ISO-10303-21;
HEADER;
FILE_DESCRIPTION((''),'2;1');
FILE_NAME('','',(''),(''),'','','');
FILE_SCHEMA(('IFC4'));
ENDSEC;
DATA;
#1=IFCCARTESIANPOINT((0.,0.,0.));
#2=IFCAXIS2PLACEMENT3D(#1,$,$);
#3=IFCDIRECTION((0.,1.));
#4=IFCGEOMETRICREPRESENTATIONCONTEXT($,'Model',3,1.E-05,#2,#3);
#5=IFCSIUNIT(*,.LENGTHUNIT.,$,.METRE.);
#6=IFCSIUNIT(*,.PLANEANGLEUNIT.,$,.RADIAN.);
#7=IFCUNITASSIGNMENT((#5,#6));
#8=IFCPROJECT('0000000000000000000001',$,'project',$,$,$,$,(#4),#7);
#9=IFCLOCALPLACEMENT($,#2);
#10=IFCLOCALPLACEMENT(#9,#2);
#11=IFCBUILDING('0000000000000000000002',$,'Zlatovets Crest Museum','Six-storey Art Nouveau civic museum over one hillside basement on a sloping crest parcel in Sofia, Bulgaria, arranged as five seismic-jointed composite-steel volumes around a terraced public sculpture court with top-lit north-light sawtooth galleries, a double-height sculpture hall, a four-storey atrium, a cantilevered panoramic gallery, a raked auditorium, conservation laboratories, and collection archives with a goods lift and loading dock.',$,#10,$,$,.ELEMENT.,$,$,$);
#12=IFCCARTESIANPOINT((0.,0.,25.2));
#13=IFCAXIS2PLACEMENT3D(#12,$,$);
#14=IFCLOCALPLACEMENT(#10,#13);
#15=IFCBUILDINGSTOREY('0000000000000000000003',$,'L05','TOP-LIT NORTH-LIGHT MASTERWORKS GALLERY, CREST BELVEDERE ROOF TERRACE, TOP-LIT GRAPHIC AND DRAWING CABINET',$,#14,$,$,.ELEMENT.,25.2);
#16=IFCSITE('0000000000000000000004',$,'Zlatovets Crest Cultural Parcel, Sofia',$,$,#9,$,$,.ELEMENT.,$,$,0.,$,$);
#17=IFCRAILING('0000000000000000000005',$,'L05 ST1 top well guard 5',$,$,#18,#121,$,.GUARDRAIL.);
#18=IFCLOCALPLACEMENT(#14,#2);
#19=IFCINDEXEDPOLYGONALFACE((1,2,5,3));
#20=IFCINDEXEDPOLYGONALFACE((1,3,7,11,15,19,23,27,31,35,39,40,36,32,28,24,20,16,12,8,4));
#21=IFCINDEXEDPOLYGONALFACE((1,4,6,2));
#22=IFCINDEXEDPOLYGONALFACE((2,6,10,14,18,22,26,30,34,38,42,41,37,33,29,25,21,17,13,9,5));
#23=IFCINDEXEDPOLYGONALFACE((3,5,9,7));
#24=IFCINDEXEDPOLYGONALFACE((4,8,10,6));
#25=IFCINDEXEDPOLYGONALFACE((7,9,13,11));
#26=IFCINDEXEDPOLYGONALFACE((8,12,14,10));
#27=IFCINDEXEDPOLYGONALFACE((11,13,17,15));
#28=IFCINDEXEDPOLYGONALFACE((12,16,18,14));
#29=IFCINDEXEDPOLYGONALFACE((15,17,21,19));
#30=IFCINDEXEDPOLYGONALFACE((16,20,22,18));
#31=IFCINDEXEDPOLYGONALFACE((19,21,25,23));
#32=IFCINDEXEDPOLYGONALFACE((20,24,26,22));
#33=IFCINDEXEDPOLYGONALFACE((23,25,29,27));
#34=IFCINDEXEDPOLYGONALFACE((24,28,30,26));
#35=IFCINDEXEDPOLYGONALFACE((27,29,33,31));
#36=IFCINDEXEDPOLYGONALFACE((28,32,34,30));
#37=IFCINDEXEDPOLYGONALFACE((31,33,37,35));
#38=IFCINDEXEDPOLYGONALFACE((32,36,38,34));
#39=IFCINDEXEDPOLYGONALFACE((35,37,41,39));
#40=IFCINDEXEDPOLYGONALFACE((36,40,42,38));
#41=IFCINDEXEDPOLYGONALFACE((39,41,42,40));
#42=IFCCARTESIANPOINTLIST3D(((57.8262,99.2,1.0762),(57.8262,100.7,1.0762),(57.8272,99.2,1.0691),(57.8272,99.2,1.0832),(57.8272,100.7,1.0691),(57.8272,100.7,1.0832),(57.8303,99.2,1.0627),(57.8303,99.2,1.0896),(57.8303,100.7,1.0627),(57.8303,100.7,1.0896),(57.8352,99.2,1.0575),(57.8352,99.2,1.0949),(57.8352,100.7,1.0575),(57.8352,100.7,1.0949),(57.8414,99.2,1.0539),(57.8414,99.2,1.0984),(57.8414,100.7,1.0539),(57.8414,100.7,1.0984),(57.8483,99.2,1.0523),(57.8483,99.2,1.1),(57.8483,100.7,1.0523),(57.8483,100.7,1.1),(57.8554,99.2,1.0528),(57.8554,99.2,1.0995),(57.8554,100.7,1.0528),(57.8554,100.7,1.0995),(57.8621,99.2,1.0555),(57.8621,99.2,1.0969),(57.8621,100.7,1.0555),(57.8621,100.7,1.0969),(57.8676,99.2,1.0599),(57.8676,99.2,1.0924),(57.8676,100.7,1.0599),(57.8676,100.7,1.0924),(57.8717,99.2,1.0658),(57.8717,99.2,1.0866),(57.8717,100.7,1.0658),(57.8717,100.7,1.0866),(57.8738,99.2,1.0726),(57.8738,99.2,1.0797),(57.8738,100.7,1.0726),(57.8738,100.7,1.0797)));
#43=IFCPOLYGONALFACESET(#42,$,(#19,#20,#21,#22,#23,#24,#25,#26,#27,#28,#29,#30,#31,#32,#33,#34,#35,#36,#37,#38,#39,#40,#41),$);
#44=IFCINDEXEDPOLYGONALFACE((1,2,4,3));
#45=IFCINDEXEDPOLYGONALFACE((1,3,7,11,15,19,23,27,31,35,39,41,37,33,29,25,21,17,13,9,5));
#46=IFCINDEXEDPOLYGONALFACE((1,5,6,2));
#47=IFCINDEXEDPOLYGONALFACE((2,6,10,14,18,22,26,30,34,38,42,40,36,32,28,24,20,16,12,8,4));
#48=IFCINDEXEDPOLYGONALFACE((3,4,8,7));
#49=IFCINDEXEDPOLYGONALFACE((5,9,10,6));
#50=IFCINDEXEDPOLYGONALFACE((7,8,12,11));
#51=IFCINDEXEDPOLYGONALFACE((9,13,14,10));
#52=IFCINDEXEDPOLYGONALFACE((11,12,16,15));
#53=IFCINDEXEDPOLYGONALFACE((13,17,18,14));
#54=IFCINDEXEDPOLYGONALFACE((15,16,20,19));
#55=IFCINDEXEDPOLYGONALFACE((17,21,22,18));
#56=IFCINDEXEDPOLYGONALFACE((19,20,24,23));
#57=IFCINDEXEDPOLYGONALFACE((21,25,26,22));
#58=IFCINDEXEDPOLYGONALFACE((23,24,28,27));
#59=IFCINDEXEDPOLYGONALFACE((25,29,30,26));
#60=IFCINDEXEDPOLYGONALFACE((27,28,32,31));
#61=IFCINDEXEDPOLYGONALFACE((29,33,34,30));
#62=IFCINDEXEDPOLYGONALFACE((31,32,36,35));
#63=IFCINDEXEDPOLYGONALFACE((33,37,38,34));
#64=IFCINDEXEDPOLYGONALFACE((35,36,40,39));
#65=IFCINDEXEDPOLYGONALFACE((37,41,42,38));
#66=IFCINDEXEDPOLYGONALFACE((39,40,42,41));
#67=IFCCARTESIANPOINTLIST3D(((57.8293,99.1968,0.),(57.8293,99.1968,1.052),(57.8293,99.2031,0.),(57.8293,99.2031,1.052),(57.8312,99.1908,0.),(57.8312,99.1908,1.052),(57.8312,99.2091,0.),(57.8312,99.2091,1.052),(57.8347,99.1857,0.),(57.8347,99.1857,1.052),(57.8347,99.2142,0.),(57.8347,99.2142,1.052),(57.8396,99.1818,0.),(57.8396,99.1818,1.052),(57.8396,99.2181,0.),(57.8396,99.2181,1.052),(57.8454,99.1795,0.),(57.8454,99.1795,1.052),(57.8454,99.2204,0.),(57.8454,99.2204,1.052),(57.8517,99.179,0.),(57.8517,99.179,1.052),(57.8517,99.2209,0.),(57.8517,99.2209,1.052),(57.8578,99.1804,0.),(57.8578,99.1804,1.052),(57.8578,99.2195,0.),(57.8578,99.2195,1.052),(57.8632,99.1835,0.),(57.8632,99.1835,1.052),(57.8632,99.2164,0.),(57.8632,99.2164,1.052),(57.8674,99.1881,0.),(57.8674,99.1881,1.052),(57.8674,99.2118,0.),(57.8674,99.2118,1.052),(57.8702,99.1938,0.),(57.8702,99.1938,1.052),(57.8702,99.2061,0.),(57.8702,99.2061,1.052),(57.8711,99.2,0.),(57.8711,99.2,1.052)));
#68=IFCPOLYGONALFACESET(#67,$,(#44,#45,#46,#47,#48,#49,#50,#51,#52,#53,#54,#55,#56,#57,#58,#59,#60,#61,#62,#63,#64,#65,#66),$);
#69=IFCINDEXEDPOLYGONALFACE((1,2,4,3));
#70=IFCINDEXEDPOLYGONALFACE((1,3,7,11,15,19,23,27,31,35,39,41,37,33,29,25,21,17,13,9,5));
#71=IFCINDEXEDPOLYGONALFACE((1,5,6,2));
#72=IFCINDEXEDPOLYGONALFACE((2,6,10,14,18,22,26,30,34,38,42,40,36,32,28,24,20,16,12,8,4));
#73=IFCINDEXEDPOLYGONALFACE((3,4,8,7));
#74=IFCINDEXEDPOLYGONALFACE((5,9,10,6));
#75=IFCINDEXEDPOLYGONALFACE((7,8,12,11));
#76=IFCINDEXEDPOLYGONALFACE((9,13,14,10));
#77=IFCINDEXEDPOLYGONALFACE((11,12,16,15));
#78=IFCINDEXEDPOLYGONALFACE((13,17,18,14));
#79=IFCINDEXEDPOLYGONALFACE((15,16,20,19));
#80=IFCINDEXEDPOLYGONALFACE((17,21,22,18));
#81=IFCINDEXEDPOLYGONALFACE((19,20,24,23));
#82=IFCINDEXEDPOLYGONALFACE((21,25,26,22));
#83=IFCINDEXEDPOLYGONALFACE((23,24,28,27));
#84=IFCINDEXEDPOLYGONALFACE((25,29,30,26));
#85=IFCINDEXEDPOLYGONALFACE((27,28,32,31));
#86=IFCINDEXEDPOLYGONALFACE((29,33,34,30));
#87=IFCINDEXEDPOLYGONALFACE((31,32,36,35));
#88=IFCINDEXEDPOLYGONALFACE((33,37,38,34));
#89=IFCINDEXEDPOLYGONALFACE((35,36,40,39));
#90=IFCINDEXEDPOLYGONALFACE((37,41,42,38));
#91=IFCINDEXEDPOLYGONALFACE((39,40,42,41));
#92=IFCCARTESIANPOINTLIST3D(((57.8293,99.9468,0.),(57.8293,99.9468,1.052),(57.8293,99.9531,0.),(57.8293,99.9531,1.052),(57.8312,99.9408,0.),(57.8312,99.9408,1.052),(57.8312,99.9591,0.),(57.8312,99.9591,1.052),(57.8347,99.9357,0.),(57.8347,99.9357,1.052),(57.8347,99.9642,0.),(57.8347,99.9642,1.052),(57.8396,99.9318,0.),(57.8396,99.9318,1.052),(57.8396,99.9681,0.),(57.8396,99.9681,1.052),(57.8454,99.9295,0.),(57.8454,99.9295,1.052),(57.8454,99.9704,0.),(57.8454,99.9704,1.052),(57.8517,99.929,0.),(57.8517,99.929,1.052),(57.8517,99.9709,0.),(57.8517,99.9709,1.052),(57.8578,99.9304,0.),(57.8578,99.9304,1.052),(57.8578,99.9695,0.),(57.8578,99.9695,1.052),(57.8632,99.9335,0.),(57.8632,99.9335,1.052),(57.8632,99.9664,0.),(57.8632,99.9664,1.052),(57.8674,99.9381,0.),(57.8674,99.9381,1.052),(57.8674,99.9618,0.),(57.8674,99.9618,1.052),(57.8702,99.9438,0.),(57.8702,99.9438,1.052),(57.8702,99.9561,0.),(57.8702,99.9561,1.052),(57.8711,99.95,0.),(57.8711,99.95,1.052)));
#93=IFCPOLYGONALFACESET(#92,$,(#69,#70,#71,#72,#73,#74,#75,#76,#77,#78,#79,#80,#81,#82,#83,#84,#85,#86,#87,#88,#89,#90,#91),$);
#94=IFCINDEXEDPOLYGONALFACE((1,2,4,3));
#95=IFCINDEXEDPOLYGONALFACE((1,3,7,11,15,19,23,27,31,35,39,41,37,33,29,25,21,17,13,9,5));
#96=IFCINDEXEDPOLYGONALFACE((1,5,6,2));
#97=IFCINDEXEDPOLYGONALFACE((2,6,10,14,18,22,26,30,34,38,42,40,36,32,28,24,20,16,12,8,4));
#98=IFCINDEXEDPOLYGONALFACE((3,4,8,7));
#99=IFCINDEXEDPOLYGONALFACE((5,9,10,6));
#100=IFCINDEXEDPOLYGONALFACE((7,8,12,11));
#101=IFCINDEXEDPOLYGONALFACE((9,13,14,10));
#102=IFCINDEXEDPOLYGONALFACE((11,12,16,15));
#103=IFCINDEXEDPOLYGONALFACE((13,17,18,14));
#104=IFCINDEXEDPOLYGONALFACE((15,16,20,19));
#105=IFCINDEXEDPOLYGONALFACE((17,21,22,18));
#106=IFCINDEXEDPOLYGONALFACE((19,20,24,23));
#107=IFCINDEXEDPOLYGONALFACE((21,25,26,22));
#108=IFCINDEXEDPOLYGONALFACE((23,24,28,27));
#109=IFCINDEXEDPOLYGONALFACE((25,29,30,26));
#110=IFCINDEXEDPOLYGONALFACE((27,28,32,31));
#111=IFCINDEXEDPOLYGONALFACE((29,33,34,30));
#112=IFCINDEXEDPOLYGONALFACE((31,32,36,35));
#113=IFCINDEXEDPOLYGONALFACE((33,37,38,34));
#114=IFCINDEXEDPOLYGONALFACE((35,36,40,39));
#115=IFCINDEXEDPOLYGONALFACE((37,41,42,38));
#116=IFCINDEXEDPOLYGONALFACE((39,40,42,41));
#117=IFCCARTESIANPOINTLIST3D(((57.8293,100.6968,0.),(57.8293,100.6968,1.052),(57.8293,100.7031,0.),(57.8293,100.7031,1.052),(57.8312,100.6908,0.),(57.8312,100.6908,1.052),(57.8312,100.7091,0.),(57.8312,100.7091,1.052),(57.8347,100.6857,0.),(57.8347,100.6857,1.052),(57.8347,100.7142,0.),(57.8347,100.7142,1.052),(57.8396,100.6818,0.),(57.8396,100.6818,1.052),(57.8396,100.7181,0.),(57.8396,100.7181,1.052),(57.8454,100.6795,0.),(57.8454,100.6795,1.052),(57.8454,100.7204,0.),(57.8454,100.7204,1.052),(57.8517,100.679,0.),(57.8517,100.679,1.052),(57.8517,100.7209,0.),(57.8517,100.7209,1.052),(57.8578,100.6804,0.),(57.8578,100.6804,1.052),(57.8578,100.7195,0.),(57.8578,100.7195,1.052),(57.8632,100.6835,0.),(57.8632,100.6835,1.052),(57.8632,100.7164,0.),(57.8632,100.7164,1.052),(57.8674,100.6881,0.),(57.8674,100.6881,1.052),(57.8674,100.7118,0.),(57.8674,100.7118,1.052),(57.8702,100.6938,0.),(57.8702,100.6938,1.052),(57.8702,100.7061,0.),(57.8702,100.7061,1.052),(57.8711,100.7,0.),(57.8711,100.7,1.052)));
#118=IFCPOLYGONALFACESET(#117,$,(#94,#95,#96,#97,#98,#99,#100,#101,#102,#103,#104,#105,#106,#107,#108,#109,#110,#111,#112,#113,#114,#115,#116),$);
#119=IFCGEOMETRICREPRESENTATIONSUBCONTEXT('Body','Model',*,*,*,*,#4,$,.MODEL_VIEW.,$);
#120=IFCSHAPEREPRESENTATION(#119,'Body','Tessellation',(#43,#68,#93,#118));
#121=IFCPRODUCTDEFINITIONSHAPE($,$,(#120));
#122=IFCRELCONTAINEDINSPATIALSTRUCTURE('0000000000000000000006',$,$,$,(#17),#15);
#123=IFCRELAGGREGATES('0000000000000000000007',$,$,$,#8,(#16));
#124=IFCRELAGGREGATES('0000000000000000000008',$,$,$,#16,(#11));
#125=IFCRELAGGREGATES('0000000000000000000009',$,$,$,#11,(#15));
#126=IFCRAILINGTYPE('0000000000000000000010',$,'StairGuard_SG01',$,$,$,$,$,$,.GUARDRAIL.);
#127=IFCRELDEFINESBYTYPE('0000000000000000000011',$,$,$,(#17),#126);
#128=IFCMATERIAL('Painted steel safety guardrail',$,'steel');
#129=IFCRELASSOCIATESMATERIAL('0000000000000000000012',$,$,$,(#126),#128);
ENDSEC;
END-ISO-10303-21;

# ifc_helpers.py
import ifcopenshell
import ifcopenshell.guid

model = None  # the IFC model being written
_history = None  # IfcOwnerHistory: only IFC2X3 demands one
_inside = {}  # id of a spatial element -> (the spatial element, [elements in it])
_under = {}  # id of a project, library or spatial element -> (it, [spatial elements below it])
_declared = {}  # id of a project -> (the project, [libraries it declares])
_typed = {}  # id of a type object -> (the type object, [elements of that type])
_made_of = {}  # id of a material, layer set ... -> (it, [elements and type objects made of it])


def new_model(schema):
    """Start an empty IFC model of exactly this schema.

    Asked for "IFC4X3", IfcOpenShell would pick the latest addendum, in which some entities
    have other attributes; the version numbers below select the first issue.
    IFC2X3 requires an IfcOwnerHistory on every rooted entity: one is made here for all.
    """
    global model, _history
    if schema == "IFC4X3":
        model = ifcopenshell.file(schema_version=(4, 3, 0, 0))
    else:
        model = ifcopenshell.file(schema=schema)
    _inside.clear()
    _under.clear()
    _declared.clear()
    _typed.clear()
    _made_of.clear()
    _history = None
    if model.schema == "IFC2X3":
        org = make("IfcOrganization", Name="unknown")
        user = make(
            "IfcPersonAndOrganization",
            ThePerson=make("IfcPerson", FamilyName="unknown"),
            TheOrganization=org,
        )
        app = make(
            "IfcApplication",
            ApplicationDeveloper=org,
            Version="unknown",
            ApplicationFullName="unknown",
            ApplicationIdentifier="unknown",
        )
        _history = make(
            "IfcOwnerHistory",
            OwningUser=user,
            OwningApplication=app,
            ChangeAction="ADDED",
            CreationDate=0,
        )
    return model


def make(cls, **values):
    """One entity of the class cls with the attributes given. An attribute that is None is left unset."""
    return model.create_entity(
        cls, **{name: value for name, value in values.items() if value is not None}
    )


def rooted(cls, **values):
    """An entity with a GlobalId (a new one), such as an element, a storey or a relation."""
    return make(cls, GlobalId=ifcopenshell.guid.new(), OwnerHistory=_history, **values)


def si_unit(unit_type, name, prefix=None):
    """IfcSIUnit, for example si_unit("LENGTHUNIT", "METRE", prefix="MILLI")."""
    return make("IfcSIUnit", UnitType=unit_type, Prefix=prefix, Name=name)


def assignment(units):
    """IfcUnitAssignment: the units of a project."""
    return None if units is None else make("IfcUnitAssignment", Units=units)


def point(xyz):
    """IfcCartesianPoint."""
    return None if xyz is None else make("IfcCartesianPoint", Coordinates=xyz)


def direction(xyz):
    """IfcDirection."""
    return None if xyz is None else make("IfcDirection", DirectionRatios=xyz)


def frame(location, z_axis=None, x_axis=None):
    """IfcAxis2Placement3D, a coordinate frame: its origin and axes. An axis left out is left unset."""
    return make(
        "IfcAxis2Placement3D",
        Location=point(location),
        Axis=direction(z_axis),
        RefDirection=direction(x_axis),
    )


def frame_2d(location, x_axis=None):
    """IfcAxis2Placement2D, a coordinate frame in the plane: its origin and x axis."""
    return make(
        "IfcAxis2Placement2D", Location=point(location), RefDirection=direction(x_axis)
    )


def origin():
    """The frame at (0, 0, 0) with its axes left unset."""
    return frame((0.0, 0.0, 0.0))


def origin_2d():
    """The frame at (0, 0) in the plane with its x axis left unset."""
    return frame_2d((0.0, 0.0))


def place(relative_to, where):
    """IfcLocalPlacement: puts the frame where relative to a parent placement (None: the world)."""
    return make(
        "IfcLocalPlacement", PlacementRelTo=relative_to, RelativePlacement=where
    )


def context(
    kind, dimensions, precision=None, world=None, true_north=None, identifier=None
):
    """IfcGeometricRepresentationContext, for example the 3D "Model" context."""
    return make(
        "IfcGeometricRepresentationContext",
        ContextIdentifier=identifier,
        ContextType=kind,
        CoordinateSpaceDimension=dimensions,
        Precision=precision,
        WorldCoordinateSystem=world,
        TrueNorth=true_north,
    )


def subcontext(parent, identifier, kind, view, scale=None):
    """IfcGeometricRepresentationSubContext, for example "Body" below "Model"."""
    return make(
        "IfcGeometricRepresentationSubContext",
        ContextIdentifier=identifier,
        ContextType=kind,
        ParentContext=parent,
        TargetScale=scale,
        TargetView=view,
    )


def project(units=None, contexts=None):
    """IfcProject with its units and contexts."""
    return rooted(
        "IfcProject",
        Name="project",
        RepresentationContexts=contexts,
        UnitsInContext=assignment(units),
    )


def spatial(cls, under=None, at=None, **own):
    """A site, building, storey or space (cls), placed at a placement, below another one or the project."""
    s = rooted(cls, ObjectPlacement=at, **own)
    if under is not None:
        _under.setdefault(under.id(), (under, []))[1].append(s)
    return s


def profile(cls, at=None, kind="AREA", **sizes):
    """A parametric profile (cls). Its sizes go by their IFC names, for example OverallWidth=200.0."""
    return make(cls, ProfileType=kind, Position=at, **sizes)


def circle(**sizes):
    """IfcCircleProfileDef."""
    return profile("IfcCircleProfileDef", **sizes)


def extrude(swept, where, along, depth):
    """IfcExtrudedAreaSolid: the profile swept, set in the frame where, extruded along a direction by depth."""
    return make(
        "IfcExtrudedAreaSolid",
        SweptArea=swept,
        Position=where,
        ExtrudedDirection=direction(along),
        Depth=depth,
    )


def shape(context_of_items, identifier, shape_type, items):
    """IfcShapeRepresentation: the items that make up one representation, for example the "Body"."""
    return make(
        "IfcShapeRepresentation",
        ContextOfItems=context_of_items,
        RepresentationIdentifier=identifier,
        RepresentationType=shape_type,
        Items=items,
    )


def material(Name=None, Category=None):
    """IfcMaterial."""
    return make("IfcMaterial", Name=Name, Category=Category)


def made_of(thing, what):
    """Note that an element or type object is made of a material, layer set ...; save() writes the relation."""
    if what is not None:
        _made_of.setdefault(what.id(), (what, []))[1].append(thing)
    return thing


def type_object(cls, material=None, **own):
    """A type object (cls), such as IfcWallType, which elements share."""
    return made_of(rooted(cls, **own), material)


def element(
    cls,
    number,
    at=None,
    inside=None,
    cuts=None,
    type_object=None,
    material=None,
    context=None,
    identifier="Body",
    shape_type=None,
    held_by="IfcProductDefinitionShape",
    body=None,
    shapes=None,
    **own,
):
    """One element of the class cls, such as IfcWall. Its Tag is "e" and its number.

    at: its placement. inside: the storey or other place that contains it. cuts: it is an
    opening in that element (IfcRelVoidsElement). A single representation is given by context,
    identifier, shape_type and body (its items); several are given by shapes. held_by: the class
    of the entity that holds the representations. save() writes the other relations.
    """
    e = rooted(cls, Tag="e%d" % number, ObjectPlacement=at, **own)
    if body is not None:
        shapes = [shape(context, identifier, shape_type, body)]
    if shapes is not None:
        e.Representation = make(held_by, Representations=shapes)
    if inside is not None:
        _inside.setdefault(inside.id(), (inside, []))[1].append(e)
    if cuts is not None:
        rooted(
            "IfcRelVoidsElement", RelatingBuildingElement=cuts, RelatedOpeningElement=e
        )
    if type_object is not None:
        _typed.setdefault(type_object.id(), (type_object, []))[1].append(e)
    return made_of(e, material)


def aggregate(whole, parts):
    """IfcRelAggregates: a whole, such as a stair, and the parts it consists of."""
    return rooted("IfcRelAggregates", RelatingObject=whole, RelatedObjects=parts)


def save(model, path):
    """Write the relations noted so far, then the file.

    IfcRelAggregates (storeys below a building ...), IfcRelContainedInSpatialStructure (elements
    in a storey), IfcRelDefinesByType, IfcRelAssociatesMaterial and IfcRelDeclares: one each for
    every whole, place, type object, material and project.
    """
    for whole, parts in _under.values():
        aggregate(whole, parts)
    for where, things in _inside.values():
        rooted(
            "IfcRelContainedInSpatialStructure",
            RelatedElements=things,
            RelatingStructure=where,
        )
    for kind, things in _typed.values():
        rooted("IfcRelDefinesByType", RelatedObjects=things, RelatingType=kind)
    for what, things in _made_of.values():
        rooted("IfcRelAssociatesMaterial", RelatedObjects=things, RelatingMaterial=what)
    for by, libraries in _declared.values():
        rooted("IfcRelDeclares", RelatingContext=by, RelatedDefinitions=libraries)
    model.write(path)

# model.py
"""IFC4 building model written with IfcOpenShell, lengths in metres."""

from ifc_helpers import new_model, si_unit, direction, frame, origin, origin_2d, place, context, subcontext, project, spatial, circle, extrude, material, type_object, element, save


model = new_model("IFC4")

# Units and contexts
model_context = context("Model", 3, precision=1e-05, world=origin(), true_north=direction((0.0, 1.0)))
body_context = subcontext(model_context, "Body", "Model", "MODEL_VIEW")
ifc_project = project(units=[si_unit("LENGTHUNIT", "METRE"), si_unit("PLANEANGLEUNIT", "RADIAN")], contexts=[model_context])

# Site, building, storey
site_placement = place(None, origin())
site = spatial("IfcSite", under=ifc_project, at=site_placement, Name="Zlatovets Crest Cultural Parcel, Sofia", CompositionType="ELEMENT", RefElevation=0.0)
building_placement = place(site_placement, origin())
building = spatial("IfcBuilding", under=site, at=building_placement, Name="Zlatovets Crest Museum", Description="Six-storey Art Nouveau civic museum over one hillside basement on a sloping crest parcel in Sofia, Bulgaria, arranged as five seismic-jointed composite-steel volumes around a terraced public sculpture court with top-lit north-light sawtooth galleries, a double-height sculpture hall, a four-storey atrium, a cantilevered panoramic gallery, a raked auditorium, conservation laboratories, and collection archives with a goods lift and loading dock.", CompositionType="ELEMENT")
storey_placement = place(building_placement, frame((0.0, 0.0, 25.2)))
storey = spatial("IfcBuildingStorey", under=building, at=storey_placement, Name="L05", Description="TOP-LIT NORTH-LIGHT MASTERWORKS GALLERY, CREST BELVEDERE ROOF TERRACE, TOP-LIT GRAPHIC AND DRAWING CABINET", CompositionType="ELEMENT", Elevation=25.2)

# Railing
ifc_material_1 = material(Name="Painted steel safety guardrail", Category="steel")
railing_type = type_object("IfcRailingType", Name="StairGuard_SG01", PredefinedType="GUARDRAIL", material=ifc_material_1)
railing_1_placement = place(storey_placement, frame((57.8501, 99.2, 0.0)))
element("IfcRailing", 1, at=railing_1_placement, inside=storey, type_object=railing_type, Name="L05 ST1 top well guard 5", PredefinedType="GUARDRAIL", context=body_context, shape_type="SweptSolid", body=[
    extrude(circle(Radius=0.0239, at=origin_2d()), frame((0.0, 0.0, 1.0762), z_axis=(0.0, 1.0, 0.0), x_axis=(-1.0, 0.0, 0.0)), (0.0, 0.0, 1.0), 1.5),
    extrude(circle(Radius=0.021, at=origin_2d()), origin(), (0.0, 0.0, 1.0), 1.052),
    extrude(circle(Radius=0.021, at=origin_2d()), frame((0.0, 0.75, 0.0)), (0.0, 0.0, 1.0), 1.052),
    extrude(circle(Radius=0.021, at=origin_2d()), frame((0.0, 1.5, 0.0)), (0.0, 0.0, 1.0), 1.052),
])

save(model, "model.ifc")
